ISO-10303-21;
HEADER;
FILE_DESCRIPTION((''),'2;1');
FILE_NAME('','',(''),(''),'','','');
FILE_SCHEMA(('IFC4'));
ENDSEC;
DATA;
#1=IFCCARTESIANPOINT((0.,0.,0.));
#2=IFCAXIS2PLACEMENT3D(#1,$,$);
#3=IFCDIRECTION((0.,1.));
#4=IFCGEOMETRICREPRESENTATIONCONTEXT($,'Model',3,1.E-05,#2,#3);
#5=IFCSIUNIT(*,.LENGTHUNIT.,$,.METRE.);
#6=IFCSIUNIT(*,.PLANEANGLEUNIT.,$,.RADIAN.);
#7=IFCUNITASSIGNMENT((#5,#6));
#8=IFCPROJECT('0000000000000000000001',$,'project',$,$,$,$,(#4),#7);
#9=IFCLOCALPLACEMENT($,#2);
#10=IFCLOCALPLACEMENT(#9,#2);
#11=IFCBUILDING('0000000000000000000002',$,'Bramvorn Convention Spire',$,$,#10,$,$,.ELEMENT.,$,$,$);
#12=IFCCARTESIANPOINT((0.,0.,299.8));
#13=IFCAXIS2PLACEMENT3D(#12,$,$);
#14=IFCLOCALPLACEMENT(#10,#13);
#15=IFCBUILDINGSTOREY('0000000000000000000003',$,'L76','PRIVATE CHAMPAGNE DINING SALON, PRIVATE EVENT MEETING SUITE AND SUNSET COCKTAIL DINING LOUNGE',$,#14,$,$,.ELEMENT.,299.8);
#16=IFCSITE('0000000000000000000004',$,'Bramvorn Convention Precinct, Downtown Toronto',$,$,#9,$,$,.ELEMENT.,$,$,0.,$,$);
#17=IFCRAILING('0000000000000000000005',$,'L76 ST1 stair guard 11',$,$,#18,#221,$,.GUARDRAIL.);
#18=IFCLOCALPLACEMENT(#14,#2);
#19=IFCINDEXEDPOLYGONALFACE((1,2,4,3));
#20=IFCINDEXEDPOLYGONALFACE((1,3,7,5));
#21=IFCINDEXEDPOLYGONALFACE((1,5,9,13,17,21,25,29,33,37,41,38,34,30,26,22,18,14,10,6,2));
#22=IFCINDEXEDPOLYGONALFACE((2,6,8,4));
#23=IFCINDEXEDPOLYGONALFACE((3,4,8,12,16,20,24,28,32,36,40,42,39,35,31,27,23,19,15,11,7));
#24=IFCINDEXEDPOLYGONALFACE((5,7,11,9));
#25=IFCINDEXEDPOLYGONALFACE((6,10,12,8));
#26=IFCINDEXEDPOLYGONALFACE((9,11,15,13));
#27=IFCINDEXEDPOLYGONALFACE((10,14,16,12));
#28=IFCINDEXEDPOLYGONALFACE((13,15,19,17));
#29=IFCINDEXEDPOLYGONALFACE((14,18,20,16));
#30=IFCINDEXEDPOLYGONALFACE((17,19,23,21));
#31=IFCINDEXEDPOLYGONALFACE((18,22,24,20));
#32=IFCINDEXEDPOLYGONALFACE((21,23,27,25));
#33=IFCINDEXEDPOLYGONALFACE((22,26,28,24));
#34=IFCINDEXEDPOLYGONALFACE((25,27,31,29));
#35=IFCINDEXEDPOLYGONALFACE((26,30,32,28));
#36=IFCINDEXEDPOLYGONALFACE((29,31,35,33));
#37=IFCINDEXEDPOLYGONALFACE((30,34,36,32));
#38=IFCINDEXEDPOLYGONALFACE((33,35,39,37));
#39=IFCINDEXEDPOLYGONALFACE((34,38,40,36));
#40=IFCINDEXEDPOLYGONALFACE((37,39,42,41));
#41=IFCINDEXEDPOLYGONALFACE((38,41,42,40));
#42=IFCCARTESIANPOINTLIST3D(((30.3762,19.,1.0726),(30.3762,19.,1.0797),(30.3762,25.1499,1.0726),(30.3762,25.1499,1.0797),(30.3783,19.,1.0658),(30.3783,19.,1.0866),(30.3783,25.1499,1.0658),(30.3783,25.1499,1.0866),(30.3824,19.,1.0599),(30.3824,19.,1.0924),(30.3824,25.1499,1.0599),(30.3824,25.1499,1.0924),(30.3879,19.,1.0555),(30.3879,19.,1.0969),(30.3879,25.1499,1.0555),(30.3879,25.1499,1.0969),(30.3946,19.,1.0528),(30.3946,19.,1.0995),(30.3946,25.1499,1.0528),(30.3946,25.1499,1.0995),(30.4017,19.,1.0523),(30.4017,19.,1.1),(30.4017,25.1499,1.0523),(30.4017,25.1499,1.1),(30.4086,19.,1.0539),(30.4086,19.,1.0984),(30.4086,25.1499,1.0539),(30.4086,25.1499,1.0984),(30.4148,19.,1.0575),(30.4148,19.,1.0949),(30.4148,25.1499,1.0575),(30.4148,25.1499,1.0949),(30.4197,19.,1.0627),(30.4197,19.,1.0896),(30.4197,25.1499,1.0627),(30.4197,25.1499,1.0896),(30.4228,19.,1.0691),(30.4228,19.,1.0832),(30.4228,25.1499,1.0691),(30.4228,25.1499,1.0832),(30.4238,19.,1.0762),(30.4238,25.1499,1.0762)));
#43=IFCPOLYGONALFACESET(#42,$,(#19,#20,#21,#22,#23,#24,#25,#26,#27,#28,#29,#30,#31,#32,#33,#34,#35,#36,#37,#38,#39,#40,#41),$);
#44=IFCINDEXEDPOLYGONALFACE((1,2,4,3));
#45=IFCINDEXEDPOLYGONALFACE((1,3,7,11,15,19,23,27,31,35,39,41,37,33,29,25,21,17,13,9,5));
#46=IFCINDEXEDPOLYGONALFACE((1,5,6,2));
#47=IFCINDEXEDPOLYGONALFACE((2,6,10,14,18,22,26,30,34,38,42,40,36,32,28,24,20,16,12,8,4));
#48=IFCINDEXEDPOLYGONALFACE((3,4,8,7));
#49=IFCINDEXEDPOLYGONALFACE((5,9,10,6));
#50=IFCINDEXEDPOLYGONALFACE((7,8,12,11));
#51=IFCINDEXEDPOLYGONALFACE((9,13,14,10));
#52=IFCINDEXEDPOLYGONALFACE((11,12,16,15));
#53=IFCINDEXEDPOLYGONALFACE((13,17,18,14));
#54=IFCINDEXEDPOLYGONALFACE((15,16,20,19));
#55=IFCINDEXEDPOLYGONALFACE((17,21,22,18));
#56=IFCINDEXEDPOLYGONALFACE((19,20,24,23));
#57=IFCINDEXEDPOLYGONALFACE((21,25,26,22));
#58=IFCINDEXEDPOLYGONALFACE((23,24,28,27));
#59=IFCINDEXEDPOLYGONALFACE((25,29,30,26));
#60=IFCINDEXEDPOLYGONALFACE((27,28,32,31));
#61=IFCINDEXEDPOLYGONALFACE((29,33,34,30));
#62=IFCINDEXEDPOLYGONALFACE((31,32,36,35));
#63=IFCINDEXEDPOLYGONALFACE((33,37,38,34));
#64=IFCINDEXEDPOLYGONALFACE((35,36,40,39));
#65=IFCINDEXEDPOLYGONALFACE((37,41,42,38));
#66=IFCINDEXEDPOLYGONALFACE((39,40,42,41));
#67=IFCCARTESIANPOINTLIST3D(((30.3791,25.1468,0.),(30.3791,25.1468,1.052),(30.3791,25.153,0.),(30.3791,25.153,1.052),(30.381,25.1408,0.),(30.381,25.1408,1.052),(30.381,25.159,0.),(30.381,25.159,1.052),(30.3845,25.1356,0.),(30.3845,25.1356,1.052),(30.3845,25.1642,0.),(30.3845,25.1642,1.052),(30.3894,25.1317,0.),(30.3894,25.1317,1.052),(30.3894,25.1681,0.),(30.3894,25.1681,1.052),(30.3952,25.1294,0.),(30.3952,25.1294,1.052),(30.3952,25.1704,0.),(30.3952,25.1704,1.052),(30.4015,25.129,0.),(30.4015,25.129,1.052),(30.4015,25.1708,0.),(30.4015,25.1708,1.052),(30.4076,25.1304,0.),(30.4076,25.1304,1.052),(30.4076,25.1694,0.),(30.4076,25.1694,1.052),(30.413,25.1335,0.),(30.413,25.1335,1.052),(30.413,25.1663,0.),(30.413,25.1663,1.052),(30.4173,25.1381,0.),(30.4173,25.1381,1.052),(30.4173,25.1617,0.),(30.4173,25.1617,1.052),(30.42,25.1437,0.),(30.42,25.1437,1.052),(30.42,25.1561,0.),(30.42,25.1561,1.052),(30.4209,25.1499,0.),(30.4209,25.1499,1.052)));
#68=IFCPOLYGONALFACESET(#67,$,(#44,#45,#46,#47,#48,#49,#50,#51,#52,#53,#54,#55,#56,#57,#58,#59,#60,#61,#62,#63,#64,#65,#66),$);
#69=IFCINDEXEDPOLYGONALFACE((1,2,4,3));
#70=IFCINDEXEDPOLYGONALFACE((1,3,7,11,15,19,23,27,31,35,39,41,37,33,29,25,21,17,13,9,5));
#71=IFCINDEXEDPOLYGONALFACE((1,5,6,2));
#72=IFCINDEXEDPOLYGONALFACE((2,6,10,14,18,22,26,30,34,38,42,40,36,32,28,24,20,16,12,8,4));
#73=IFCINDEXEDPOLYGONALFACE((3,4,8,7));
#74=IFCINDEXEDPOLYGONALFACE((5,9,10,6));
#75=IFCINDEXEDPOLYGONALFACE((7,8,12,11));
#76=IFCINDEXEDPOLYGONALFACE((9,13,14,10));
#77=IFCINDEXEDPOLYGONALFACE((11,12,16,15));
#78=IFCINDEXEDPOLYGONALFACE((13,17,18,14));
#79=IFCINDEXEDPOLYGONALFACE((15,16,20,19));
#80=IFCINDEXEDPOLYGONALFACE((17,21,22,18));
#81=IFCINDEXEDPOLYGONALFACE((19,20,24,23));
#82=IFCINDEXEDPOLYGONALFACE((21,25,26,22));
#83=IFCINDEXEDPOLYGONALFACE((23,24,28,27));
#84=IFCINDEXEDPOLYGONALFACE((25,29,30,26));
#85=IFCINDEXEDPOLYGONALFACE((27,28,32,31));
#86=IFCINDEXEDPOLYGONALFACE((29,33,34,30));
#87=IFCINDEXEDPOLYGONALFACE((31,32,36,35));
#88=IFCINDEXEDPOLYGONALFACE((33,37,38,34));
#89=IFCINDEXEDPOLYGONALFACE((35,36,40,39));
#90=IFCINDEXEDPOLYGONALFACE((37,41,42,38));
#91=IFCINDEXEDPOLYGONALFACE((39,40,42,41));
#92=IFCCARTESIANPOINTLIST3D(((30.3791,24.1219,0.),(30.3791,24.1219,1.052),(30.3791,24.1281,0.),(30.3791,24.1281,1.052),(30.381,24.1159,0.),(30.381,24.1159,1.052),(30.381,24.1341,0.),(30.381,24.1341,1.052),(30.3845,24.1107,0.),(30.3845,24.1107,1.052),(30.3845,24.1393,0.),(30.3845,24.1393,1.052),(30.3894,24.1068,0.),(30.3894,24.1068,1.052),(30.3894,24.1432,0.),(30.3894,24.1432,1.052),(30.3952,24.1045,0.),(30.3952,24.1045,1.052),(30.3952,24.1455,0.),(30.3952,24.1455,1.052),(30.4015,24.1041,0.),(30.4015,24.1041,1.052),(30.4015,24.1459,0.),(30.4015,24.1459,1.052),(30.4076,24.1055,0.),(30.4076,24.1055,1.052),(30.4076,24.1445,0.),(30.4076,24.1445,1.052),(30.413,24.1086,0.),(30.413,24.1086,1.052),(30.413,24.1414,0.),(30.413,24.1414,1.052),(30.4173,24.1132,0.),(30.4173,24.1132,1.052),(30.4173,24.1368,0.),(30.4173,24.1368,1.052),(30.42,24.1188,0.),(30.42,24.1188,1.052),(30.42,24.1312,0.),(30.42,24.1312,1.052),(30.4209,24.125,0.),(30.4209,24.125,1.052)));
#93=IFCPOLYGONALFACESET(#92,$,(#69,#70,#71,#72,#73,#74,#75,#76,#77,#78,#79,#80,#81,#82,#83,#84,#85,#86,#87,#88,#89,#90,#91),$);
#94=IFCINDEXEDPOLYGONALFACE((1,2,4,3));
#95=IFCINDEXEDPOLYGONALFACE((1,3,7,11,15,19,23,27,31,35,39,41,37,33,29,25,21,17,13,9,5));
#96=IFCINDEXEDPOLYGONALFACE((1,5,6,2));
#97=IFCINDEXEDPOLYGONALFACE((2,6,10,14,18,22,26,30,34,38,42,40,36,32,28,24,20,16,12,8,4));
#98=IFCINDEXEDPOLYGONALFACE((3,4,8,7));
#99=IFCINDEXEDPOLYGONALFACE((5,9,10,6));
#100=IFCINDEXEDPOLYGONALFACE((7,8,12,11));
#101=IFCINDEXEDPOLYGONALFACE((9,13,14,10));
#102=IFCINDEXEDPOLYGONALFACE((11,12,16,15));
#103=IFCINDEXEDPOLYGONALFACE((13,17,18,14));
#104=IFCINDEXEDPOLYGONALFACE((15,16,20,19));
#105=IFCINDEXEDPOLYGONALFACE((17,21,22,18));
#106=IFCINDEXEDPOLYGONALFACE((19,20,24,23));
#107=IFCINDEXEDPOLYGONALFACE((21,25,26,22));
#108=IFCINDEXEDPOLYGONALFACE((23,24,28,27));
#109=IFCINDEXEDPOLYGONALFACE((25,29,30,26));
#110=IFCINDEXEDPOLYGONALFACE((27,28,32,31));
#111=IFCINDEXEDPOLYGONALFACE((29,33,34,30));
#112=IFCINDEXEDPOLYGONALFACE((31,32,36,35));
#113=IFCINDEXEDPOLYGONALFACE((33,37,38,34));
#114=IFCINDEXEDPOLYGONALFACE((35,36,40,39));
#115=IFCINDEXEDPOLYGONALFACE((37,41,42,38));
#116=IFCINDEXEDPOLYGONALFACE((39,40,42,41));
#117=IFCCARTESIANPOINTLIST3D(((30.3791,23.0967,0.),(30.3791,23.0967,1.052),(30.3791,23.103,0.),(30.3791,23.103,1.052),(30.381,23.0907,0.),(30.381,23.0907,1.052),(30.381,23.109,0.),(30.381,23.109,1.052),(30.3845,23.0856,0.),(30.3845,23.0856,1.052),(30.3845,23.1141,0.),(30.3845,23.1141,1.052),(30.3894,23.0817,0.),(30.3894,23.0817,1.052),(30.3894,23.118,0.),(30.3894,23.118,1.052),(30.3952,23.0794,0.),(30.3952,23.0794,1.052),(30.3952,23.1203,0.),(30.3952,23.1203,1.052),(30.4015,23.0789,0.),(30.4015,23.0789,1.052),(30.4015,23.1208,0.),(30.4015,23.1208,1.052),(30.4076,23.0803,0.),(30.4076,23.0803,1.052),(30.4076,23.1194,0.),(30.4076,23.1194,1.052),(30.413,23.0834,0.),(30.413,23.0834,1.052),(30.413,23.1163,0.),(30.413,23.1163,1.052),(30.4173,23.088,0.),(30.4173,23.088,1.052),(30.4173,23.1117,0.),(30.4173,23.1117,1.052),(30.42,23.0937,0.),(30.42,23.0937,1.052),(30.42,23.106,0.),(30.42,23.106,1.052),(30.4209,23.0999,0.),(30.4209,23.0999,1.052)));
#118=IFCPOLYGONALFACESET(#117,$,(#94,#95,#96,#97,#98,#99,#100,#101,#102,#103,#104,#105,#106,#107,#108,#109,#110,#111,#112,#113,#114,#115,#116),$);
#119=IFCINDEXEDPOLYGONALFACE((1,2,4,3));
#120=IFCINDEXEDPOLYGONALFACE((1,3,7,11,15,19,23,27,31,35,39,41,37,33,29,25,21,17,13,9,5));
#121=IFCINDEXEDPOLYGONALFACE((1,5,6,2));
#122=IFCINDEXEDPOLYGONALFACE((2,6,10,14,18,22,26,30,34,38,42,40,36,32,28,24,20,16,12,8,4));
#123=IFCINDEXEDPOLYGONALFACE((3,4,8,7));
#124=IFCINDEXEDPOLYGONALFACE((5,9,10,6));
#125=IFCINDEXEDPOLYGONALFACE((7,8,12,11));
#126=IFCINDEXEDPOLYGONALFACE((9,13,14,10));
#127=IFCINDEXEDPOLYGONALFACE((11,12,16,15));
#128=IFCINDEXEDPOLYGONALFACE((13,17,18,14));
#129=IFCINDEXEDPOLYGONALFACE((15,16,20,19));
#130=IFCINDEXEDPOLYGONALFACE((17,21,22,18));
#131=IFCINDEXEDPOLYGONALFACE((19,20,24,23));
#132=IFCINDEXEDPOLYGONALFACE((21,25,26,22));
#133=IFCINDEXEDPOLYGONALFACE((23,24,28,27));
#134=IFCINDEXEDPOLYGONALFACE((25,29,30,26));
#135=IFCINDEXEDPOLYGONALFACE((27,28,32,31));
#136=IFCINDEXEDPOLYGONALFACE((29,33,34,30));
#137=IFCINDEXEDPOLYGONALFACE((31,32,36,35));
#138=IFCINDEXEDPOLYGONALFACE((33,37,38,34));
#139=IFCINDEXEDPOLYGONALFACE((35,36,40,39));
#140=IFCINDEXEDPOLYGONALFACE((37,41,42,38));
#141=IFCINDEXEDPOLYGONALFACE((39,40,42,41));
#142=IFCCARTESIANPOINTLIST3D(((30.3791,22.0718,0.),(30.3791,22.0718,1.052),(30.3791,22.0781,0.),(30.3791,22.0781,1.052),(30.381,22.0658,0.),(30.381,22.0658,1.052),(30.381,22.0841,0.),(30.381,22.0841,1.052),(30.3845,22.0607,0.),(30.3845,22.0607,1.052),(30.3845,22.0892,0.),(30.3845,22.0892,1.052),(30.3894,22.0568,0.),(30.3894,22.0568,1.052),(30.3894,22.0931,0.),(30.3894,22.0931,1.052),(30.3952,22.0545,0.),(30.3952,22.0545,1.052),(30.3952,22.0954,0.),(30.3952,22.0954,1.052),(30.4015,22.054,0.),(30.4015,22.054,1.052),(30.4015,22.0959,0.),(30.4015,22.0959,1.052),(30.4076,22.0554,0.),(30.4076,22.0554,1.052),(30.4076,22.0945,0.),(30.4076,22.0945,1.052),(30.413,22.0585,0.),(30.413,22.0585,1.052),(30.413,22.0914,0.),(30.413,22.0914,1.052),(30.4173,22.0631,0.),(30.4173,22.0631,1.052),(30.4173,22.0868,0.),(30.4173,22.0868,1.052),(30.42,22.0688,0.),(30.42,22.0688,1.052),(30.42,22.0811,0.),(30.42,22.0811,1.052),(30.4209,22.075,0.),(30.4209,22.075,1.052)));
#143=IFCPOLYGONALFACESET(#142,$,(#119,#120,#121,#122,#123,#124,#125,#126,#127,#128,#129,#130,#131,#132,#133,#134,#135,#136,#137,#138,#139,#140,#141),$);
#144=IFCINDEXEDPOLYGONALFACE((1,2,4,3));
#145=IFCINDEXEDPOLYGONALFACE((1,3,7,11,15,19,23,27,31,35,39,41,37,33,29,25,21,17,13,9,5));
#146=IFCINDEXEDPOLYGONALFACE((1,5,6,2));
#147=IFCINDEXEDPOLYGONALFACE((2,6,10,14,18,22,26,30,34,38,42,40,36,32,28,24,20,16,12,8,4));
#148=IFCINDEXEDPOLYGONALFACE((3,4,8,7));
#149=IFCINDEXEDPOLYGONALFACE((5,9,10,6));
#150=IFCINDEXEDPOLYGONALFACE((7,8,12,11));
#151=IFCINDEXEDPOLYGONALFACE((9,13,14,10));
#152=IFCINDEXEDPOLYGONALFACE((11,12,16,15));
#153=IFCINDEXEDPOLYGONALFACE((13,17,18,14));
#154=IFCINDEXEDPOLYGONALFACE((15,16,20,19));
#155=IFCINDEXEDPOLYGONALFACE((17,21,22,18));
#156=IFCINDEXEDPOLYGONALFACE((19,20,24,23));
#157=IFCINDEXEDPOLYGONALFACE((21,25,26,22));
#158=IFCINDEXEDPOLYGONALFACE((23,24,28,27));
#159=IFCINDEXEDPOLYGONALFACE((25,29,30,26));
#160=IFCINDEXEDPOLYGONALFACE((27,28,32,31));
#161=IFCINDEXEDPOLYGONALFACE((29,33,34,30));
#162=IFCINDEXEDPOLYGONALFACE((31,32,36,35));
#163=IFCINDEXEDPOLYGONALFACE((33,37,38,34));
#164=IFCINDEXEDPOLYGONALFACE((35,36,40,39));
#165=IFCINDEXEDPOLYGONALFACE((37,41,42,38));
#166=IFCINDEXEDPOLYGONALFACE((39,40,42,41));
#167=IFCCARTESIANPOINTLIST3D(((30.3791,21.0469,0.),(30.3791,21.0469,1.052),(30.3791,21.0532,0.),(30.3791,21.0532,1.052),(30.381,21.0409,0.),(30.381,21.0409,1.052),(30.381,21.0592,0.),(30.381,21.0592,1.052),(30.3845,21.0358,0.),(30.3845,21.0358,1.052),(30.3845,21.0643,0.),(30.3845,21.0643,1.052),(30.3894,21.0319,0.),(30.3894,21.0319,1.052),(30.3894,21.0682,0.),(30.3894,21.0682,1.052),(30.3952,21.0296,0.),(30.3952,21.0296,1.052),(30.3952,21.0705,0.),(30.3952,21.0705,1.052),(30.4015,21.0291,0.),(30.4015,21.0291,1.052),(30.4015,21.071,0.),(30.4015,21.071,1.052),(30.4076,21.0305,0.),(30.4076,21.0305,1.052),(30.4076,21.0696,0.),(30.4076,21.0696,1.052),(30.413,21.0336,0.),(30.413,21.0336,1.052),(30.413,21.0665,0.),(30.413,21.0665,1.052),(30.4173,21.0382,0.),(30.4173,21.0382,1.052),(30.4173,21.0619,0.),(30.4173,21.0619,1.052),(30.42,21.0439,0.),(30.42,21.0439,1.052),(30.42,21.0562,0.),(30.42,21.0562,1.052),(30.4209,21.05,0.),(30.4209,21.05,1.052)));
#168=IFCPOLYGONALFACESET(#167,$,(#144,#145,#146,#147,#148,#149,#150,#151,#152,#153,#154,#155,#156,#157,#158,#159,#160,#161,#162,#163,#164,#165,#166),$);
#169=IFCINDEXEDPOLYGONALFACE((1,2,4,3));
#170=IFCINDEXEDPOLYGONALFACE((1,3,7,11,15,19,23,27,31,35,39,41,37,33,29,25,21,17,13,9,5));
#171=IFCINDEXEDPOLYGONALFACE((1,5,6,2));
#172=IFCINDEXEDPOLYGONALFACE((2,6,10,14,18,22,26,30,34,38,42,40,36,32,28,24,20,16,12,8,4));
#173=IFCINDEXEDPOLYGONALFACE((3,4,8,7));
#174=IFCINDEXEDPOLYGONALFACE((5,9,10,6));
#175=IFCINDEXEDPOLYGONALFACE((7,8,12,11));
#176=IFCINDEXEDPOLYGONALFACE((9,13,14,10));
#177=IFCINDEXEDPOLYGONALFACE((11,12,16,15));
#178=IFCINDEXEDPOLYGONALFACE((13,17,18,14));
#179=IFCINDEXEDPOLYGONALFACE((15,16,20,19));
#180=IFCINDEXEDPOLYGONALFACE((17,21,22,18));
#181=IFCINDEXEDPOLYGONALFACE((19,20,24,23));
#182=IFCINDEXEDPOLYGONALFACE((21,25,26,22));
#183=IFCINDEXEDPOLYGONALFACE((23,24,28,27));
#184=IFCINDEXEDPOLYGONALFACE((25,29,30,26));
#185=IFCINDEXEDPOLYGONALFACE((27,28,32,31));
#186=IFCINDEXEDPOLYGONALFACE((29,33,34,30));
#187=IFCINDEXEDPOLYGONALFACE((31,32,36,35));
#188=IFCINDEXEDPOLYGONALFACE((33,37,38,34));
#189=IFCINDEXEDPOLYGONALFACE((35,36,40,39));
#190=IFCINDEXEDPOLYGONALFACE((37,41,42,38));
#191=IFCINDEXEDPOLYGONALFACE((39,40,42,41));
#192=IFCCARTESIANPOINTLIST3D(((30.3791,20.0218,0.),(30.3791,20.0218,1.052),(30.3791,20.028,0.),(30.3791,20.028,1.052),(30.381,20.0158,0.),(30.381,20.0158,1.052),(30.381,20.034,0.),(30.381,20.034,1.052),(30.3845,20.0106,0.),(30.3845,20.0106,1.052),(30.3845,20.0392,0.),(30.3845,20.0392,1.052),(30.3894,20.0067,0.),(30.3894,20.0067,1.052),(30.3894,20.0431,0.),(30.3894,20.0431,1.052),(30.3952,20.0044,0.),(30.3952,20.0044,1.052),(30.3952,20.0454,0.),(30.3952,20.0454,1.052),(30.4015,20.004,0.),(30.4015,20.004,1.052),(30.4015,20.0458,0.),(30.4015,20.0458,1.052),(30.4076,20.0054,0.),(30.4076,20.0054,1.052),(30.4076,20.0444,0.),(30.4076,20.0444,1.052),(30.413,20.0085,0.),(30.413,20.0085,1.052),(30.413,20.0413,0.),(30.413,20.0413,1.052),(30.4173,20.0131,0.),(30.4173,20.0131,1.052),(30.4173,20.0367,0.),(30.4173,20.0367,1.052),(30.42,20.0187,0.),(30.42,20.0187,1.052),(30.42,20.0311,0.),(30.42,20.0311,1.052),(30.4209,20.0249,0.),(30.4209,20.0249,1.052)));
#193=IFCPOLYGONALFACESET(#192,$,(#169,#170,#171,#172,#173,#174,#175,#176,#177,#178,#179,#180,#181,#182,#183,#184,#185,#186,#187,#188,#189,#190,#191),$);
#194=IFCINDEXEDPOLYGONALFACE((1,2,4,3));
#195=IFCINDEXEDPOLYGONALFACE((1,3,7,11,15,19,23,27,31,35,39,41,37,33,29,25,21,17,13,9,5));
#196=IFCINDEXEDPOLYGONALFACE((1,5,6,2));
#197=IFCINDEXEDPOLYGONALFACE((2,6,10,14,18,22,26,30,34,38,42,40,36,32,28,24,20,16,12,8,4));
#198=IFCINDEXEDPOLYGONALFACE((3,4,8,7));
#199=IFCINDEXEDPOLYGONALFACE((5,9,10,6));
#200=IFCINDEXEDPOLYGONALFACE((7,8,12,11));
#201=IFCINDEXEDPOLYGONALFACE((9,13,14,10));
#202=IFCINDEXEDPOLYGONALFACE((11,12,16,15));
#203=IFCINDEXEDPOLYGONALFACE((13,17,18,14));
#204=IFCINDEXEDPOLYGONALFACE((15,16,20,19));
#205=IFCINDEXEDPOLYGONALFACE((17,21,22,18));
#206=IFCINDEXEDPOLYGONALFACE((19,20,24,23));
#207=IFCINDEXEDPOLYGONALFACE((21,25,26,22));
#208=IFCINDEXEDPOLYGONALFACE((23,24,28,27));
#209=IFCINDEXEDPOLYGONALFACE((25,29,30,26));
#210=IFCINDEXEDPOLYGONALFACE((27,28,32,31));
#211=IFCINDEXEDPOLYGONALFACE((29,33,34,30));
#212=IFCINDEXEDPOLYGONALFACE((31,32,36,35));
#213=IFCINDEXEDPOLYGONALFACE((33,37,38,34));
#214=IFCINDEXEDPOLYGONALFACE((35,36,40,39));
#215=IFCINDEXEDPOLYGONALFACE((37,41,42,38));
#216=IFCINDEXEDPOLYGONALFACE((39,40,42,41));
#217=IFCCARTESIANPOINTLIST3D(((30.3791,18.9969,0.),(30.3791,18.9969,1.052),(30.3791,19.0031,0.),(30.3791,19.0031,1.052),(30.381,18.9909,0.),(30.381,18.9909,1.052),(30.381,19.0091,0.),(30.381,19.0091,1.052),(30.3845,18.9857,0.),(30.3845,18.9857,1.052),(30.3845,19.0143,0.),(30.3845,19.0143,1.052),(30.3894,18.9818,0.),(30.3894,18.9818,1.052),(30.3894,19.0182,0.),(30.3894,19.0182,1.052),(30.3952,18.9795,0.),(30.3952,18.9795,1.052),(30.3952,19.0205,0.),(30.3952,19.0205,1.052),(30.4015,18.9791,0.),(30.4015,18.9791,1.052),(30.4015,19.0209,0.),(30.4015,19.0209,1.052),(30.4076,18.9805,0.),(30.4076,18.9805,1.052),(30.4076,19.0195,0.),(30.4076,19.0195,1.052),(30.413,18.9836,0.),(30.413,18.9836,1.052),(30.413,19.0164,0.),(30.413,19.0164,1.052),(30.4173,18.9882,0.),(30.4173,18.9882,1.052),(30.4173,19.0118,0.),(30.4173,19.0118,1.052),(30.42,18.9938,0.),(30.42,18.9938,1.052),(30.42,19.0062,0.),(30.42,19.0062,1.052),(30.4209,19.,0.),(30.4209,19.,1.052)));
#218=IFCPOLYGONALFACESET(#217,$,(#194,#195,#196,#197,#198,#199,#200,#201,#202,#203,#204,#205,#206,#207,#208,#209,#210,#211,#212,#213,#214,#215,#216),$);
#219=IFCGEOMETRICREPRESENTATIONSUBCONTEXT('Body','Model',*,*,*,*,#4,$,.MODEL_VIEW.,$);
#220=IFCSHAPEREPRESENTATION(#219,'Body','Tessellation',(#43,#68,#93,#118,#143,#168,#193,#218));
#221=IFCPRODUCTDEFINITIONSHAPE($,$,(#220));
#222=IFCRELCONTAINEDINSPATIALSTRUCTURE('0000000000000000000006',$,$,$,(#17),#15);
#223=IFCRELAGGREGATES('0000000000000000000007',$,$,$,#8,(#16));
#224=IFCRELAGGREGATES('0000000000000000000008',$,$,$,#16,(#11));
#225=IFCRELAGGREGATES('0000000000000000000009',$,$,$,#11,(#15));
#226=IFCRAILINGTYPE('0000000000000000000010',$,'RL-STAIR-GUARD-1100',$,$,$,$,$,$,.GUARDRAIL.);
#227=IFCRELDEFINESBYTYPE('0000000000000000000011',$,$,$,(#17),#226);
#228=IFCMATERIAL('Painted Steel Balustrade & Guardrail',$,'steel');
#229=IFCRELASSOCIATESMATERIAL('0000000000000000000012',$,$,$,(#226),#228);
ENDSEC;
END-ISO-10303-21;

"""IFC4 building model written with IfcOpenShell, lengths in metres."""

from ifc_helpers import new_model, si_unit, direction, frame, origin, origin_2d, place, context, subcontext, project, spatial, circle, extrude, material, type_object, element, save


model = new_model("IFC4")

# Units and contexts
model_context = context("Model", 3, precision=1e-05, world=origin(), true_north=direction((0.0, 1.0)))
body_context = subcontext(model_context, "Body", "Model", "MODEL_VIEW")
ifc_project = project(units=[si_unit("LENGTHUNIT", "METRE"), si_unit("PLANEANGLEUNIT", "RADIAN")], contexts=[model_context])

# Site, building, storey
site_placement = place(None, origin())
site = spatial("IfcSite", under=ifc_project, at=site_placement, Name="Bramvorn Convention Precinct, Downtown Toronto", CompositionType="ELEMENT", RefElevation=0.0)
building_placement = place(site_placement, origin())
building = spatial("IfcBuilding", under=site, at=building_placement, Name="Bramvorn Convention Spire", CompositionType="ELEMENT")
storey_placement = place(building_placement, frame((0.0, 0.0, 299.8)))
storey = spatial("IfcBuildingStorey", under=building, at=storey_placement, Name="L76", Description="PRIVATE CHAMPAGNE DINING SALON, PRIVATE EVENT MEETING SUITE AND SUNSET COCKTAIL DINING LOUNGE", CompositionType="ELEMENT", Elevation=299.8)

# Railing
ifc_material_1 = material(Name="Painted Steel Balustrade & Guardrail", Category="steel")
railing_type = type_object("IfcRailingType", Name="RL-STAIR-GUARD-1100", PredefinedType="GUARDRAIL", material=ifc_material_1)
railing_1_placement = place(storey_placement, frame((30.3999, 25.1499, 0.0)))
element("IfcRailing", 1, at=railing_1_placement, inside=storey, type_object=railing_type, Name="L76 ST1 stair guard 11", PredefinedType="GUARDRAIL", context=body_context, shape_type="SweptSolid", body=[
    extrude(circle(Radius=0.0239, at=origin_2d()), frame((0.0, 0.0, 1.0762), z_axis=(0.0, -1.0, 0.0), x_axis=(1.0, 0.0, 0.0)), (0.0, 0.0, 1.0), 6.1499),
    extrude(circle(Radius=0.021, at=origin_2d()), origin(), (0.0, 0.0, 1.0), 1.052),
    extrude(circle(Radius=0.021, at=origin_2d()), frame((0.0, -1.0249, 0.0)), (0.0, 0.0, 1.0), 1.052),
    extrude(circle(Radius=0.021, at=origin_2d()), frame((0.0, -2.05, 0.0)), (0.0, 0.0, 1.0), 1.052),
    extrude(circle(Radius=0.021, at=origin_2d()), frame((0.0, -3.075, 0.0)), (0.0, 0.0, 1.0), 1.052),
    extrude(circle(Radius=0.021, at=origin_2d()), frame((0.0, -4.0999, 0.0)), (0.0, 0.0, 1.0), 1.052),
    extrude(circle(Radius=0.021, at=origin_2d()), frame((0.0, -5.125, 0.0)), (0.0, 0.0, 1.0), 1.052),
    extrude(circle(Radius=0.021, at=origin_2d()), frame((0.0, -6.1499, 0.0)), (0.0, 0.0, 1.0), 1.052),
])

save(model, "model.ifc")
